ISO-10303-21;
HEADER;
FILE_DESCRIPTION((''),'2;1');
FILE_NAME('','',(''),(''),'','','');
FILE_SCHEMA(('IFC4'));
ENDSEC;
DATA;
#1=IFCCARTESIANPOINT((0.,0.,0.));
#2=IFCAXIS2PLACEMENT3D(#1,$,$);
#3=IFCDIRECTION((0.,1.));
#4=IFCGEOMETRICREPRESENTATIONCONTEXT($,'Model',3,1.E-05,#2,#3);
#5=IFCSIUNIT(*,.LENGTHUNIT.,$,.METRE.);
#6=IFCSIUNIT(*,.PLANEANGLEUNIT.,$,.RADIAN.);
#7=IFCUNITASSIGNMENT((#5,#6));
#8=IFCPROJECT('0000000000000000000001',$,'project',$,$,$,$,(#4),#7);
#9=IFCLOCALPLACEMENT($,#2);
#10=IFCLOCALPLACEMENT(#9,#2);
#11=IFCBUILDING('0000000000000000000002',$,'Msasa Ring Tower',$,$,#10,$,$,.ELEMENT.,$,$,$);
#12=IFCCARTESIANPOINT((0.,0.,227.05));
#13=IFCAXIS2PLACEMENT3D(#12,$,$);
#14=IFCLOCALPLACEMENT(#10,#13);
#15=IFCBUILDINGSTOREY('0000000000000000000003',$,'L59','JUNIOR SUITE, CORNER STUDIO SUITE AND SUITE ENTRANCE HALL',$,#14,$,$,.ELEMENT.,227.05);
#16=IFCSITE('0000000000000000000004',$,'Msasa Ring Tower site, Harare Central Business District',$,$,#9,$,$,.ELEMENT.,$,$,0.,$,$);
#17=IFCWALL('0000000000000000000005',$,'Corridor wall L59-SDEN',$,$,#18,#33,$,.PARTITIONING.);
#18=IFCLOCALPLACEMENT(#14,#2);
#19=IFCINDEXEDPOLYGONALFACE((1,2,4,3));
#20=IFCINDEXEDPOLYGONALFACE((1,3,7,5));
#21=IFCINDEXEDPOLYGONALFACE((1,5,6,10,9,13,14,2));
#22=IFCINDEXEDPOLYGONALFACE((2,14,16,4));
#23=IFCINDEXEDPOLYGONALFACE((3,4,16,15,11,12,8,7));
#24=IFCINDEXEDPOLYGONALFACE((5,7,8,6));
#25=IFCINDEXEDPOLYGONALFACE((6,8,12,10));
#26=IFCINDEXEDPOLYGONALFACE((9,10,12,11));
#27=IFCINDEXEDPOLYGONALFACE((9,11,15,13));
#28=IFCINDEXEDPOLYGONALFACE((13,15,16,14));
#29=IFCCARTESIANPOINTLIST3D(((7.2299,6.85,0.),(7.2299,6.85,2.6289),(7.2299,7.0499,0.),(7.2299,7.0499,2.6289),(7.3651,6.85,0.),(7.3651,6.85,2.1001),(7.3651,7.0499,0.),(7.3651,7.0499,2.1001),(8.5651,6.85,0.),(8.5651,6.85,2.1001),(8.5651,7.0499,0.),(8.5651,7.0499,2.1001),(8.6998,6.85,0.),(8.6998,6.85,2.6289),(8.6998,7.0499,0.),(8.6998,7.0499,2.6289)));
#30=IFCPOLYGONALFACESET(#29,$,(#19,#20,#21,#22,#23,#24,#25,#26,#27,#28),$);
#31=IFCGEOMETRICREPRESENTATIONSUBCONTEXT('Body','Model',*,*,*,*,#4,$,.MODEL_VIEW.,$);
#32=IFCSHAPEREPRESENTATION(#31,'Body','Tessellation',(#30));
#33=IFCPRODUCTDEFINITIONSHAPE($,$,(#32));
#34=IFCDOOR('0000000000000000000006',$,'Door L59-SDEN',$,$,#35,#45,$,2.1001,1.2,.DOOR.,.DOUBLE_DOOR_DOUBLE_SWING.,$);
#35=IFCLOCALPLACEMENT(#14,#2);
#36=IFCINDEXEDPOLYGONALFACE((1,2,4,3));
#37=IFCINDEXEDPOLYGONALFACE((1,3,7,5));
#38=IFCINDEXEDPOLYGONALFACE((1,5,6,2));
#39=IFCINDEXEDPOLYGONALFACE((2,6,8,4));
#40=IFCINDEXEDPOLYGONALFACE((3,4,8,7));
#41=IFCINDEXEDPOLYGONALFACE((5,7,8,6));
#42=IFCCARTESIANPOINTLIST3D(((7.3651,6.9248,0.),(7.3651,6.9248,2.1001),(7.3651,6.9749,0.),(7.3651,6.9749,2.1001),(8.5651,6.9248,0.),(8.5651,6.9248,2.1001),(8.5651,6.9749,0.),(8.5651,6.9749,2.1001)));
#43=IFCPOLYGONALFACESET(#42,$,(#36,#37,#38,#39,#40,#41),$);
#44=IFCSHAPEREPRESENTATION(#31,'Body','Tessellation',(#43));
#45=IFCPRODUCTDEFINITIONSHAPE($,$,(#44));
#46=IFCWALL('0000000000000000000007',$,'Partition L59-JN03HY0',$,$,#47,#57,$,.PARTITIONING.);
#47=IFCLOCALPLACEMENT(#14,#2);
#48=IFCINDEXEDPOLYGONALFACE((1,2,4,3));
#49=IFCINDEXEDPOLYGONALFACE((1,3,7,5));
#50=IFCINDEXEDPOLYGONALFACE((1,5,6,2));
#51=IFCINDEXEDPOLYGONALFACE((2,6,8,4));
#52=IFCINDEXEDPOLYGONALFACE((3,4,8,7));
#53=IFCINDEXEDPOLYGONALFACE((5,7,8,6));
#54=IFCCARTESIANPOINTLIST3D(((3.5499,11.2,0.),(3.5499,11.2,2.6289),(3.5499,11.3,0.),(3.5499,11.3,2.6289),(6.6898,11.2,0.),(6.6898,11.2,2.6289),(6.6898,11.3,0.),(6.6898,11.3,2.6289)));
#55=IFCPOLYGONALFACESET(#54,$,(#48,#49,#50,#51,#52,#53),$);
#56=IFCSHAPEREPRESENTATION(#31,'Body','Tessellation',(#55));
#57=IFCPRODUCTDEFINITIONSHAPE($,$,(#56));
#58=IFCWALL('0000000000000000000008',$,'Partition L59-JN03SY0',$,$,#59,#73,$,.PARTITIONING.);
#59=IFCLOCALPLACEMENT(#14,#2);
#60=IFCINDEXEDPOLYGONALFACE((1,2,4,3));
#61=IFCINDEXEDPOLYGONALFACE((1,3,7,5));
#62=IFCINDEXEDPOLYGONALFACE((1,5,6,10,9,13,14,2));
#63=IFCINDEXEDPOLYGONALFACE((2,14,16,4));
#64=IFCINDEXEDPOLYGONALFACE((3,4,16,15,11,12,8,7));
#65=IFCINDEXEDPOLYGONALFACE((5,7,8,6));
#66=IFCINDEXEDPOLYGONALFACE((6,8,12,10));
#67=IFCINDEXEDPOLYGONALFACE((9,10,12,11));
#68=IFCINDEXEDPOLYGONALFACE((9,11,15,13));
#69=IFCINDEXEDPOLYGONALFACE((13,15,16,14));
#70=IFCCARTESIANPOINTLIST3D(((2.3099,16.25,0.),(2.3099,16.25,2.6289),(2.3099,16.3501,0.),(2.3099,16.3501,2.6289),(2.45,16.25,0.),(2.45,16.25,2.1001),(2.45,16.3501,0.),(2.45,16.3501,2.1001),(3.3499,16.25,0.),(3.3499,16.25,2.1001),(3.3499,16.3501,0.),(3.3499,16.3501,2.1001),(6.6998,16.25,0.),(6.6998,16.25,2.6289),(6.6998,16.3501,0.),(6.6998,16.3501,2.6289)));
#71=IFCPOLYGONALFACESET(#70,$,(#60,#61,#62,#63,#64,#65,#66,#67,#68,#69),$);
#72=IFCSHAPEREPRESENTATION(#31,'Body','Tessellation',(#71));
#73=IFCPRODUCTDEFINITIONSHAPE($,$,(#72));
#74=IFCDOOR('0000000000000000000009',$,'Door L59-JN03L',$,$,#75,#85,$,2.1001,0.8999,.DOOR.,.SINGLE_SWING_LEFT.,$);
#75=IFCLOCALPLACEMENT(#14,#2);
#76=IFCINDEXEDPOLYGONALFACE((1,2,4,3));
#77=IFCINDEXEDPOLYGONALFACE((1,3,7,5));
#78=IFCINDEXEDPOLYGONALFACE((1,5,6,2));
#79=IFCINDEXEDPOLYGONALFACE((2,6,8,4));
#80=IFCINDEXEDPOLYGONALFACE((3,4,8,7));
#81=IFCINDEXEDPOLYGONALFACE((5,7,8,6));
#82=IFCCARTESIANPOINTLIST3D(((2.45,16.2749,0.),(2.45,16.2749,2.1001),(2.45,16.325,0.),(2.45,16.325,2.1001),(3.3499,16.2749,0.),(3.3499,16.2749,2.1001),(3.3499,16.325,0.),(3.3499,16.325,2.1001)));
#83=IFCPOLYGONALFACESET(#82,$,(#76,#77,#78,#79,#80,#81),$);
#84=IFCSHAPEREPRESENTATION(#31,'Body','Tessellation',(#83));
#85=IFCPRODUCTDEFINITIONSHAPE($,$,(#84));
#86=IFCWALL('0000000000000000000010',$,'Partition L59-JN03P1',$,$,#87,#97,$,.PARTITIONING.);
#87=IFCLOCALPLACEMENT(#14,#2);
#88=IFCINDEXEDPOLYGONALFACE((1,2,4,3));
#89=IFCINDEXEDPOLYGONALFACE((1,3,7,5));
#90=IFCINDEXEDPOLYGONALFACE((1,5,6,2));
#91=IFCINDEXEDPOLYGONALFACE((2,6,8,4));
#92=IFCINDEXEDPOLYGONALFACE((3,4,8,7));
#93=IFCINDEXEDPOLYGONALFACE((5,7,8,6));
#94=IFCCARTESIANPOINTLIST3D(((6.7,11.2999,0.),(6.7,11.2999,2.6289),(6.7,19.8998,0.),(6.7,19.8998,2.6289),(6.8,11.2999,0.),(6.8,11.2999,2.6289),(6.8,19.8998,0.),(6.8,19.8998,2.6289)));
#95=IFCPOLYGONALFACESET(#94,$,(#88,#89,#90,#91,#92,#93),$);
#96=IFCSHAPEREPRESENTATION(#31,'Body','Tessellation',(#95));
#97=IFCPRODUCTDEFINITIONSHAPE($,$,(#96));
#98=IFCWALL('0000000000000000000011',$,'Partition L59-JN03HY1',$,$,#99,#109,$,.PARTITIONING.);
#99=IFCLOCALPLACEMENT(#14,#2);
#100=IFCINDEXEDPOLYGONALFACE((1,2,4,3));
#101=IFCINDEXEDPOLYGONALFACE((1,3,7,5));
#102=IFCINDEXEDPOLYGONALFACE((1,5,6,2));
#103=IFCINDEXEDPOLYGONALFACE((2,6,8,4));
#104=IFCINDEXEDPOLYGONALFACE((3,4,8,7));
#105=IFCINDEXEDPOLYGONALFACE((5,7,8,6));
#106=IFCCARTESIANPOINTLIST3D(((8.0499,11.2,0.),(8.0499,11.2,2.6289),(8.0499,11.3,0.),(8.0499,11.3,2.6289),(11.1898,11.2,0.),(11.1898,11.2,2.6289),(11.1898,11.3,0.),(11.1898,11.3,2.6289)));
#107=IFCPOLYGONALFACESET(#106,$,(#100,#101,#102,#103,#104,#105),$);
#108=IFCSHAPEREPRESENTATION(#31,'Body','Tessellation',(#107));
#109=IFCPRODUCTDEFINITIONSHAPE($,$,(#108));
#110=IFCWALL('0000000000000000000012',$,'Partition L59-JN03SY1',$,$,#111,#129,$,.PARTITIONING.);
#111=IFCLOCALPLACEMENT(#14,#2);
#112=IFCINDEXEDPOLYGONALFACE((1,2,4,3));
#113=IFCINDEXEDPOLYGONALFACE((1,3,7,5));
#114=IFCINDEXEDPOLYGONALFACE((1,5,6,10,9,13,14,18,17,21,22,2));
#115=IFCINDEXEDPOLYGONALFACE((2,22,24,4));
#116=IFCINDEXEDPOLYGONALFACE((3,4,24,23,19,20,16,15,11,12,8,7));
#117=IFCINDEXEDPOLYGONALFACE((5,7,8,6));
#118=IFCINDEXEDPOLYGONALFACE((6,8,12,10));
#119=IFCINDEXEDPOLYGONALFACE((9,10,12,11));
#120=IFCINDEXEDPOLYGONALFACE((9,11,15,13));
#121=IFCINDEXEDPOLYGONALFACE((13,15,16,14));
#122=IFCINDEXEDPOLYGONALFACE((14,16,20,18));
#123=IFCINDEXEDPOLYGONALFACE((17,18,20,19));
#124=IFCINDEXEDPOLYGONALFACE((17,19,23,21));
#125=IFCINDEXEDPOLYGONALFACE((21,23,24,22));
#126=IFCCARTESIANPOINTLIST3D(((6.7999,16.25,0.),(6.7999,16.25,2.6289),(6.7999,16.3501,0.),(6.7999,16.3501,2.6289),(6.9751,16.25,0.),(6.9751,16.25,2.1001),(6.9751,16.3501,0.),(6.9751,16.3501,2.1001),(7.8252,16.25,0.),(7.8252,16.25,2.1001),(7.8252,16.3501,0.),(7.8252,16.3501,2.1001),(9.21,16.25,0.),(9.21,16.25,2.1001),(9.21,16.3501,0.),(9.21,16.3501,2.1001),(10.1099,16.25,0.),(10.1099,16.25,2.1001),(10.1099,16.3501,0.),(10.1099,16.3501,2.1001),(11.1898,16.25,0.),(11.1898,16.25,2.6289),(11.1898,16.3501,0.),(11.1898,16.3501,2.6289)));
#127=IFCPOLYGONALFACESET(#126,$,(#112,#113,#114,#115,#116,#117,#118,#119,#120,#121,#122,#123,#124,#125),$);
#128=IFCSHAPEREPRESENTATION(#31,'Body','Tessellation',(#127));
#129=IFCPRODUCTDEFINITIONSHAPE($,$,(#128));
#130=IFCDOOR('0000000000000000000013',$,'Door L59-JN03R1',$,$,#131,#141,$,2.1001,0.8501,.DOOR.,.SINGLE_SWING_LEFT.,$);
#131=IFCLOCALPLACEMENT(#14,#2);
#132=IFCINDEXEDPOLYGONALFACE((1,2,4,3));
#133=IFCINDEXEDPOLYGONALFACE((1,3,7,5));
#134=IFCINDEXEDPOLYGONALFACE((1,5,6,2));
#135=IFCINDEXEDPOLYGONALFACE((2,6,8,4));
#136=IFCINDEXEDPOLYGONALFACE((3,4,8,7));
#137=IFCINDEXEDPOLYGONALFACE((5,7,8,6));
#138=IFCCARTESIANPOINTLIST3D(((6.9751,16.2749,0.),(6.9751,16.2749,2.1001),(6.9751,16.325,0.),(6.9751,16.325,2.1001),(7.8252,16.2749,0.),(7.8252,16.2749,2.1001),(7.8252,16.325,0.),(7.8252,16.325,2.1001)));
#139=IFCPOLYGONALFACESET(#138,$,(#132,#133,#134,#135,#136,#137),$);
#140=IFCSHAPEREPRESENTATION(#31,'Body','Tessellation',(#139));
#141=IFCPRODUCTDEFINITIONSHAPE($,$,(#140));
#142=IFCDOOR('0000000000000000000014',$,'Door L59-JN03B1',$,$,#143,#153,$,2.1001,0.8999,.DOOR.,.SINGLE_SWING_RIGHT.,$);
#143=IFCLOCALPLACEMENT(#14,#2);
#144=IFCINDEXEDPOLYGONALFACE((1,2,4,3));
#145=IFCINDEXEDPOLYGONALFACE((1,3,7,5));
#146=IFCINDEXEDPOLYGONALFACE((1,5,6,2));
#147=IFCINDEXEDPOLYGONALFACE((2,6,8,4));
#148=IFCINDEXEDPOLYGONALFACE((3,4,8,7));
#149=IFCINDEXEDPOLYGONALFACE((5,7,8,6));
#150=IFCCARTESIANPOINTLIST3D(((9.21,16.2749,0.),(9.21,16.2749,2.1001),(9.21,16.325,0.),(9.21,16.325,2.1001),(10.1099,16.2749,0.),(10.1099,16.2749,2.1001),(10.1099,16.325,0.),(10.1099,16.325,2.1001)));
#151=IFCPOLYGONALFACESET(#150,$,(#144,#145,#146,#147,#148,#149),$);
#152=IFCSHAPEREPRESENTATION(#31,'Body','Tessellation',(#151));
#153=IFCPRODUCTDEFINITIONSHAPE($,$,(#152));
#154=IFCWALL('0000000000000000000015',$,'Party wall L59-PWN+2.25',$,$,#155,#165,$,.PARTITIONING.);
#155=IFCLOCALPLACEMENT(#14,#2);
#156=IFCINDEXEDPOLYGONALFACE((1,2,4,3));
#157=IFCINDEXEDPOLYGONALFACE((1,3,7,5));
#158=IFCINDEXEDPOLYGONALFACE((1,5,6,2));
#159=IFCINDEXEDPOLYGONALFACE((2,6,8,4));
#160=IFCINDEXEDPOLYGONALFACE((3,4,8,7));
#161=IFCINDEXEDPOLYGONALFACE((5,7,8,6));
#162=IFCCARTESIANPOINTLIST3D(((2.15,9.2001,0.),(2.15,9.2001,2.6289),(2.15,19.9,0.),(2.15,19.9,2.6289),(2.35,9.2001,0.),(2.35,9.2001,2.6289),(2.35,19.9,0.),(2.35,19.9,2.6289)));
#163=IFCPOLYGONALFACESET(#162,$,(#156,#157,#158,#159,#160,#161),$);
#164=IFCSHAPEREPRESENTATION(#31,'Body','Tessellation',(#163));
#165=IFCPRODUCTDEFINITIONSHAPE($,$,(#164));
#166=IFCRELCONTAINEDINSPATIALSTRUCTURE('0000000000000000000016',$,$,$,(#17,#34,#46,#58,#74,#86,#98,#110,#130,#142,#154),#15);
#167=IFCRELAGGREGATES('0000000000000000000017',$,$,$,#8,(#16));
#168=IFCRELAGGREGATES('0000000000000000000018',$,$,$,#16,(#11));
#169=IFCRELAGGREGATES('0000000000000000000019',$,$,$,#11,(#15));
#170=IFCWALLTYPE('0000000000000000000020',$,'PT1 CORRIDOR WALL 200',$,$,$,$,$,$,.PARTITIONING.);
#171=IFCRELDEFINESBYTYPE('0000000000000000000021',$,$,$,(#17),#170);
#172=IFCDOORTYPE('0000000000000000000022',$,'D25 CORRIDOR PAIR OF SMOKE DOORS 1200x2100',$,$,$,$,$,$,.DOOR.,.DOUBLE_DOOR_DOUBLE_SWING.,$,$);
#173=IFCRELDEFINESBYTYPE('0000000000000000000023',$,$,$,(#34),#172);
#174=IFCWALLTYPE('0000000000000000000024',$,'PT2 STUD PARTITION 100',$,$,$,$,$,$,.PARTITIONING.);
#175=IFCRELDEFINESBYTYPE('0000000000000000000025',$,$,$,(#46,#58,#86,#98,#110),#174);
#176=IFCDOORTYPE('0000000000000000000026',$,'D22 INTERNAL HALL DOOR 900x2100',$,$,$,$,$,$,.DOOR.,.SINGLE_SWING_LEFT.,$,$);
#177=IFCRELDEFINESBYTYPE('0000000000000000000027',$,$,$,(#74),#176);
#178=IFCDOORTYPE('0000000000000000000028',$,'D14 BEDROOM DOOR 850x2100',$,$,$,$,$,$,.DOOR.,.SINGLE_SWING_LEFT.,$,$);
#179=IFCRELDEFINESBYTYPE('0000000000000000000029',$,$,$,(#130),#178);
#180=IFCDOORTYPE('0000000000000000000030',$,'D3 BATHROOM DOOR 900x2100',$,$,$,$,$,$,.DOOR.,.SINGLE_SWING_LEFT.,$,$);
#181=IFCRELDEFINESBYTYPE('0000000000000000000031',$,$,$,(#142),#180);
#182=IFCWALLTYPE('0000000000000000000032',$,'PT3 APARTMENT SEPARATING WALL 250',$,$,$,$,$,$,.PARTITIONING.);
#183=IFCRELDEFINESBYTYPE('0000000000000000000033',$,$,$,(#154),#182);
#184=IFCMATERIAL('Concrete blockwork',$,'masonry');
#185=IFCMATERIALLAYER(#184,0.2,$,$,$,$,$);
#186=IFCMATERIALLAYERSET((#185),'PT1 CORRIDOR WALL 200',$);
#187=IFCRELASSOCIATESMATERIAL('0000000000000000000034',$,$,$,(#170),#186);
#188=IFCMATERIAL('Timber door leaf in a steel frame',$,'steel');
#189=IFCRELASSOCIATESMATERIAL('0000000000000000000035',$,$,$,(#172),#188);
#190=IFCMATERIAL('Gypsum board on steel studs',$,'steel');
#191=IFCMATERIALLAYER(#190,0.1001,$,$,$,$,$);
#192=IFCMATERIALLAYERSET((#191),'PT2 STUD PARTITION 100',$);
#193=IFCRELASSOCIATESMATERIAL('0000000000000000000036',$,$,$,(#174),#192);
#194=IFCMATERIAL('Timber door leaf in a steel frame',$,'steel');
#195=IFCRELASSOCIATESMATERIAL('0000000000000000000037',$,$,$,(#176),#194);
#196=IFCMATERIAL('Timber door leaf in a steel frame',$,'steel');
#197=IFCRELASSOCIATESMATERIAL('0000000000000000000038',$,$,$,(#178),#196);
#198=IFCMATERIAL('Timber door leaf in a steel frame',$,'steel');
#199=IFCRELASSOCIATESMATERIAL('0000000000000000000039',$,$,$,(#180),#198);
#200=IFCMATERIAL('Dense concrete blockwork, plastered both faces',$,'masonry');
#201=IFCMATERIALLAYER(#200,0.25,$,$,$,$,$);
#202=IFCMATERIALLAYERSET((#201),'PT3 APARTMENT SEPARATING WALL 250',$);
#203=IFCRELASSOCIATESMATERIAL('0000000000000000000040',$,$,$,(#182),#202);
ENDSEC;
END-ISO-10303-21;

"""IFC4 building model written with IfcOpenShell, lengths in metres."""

from ifc_helpers import new_model, si_unit, direction, frame, frame_2d, origin, place, context, subcontext, project, spatial, rectangle, extrude, material, layer, layer_set, type_object, element, fill, save


model = new_model("IFC4")

# Units and contexts
model_context = context("Model", 3, precision=1e-05, world=origin(), true_north=direction((0.0, 1.0)))
body_context = subcontext(model_context, "Body", "Model", "MODEL_VIEW")
ifc_project = project(units=[si_unit("LENGTHUNIT", "METRE"), si_unit("PLANEANGLEUNIT", "RADIAN")], contexts=[model_context])

# Site, building, storey
site_placement = place(None, origin())
site = spatial("IfcSite", under=ifc_project, at=site_placement, Name="Msasa Ring Tower site, Harare Central Business District", CompositionType="ELEMENT", RefElevation=0.0)
building_placement = place(site_placement, origin())
building = spatial("IfcBuilding", under=site, at=building_placement, Name="Msasa Ring Tower", CompositionType="ELEMENT")
storey_placement = place(building_placement, frame((0.0, 0.0, 227.05)))
storey = spatial("IfcBuildingStorey", under=building, at=storey_placement, Name="L59", Description="JUNIOR SUITE, CORNER STUDIO SUITE AND SUITE ENTRANCE HALL", CompositionType="ELEMENT", Elevation=227.05)

# Wall, opening, door
ifc_material_1 = material(Name="Concrete blockwork", Category="masonry")
ifc_layer_1 = layer(ifc_material_1, 0.2)
ifc_layer_set_1 = layer_set([ifc_layer_1], Name="PT1 CORRIDOR WALL 200")
wall_type_1 = type_object("IfcWallType", Name="PT1 CORRIDOR WALL 200", PredefinedType="PARTITIONING", material=ifc_layer_set_1)
wall_1_placement = place(storey_placement, frame((7.23, 6.95, 0.0), z_axis=(0.0, 0.0, 1.0), x_axis=(1.0, 0.0, 0.0)))
wall_1 = element("IfcWall", 1, at=wall_1_placement, inside=storey, type_object=wall_type_1, Name="Corridor wall L59-SDEN", PredefinedType="PARTITIONING", context=body_context, shape_type="SweptSolid", body=[
    extrude(rectangle(XDim=1.47, YDim=0.2, at=frame_2d((0.7349, 0.0))), origin(), (0.0, 0.0, 1.0), 2.6289),
])
opening_1_placement = place(wall_1_placement, frame((0.135, 0.0, 0.0)))
opening_1 = element("IfcOpeningElement", 2, at=opening_1_placement, cuts=wall_1, PredefinedType="OPENING", context=body_context, shape_type="SweptSolid", body=[
    extrude(rectangle(XDim=1.2, YDim=2.1001, at=frame_2d((0.6001, 1.05))), frame((0.0, 0.1099, 0.0), z_axis=(0.0, -1.0, 0.0), x_axis=(1.0, 0.0, 0.0)), (0.0, 0.0, 1.0), 0.22),
])
ifc_material_2 = material(Name="Timber door leaf in a steel frame", Category="steel")
door_type_1 = type_object("IfcDoorType", Name="D25 CORRIDOR PAIR OF SMOKE DOORS 1200x2100", OperationType="DOUBLE_DOOR_DOUBLE_SWING", PredefinedType="DOOR", material=ifc_material_2)
door_1_placement = place(opening_1_placement, origin())
door_1 = element("IfcDoor", 3, at=door_1_placement, inside=storey, type_object=door_type_1, Name="Door L59-SDEN", OperationType="DOUBLE_DOOR_DOUBLE_SWING", OverallHeight=2.1001, OverallWidth=1.2, PredefinedType="DOOR", context=body_context, shape_type="SweptSolid", body=[
    extrude(rectangle(XDim=1.2, YDim=2.1001, at=frame_2d((0.6001, 1.05))), frame((0.0, 0.0249, 0.0), z_axis=(0.0, -1.0, 0.0), x_axis=(1.0, 0.0, 0.0)), (0.0, 0.0, 1.0), 0.05),
])
fill(opening_1, door_1)

# Wall
ifc_material_3 = material(Name="Gypsum board on steel studs", Category="steel")
ifc_layer_2 = layer(ifc_material_3, 0.1001)
ifc_layer_set_2 = layer_set([ifc_layer_2], Name="PT2 STUD PARTITION 100")
wall_type_2 = type_object("IfcWallType", Name="PT2 STUD PARTITION 100", PredefinedType="PARTITIONING", material=ifc_layer_set_2)
wall_2_placement = place(storey_placement, frame((3.55, 11.25, 0.0), z_axis=(0.0, 0.0, 1.0), x_axis=(1.0, 0.0, 0.0)))
element("IfcWall", 4, at=wall_2_placement, inside=storey, type_object=wall_type_2, Name="Partition L59-JN03HY0", PredefinedType="PARTITIONING", context=body_context, shape_type="SweptSolid", body=[
    extrude(rectangle(XDim=3.1399, YDim=0.1001, at=frame_2d((1.5698, 0.0))), origin(), (0.0, 0.0, 1.0), 2.6289),
])

# Wall, opening, door
wall_3_placement = place(storey_placement, frame((2.3101, 16.3, 0.0), z_axis=(0.0, 0.0, 1.0), x_axis=(1.0, 0.0, 0.0)))
wall_3 = element("IfcWall", 5, at=wall_3_placement, inside=storey, type_object=wall_type_2, Name="Partition L59-JN03SY0", PredefinedType="PARTITIONING", context=body_context, shape_type="SweptSolid", body=[
    extrude(rectangle(XDim=4.3899, YDim=0.1001, at=frame_2d((2.1948, 0.0))), origin(), (0.0, 0.0, 1.0), 2.6289),
])
opening_2_placement = place(wall_3_placement, frame((0.1399, 0.0, 0.0)))
opening_2 = element("IfcOpeningElement", 6, at=opening_2_placement, cuts=wall_3, PredefinedType="OPENING", context=body_context, shape_type="SweptSolid", body=[
    extrude(rectangle(XDim=0.8999, YDim=2.1001, at=frame_2d((0.45, 1.05))), frame((0.0, 0.0601, 0.0), z_axis=(0.0, -1.0, 0.0), x_axis=(1.0, 0.0, 0.0)), (0.0, 0.0, 1.0), 0.1201),
])
ifc_material_4 = material(Name="Timber door leaf in a steel frame", Category="steel")
door_type_2 = type_object("IfcDoorType", Name="D22 INTERNAL HALL DOOR 900x2100", OperationType="SINGLE_SWING_LEFT", PredefinedType="DOOR", material=ifc_material_4)
door_2_placement = place(opening_2_placement, origin())
door_2 = element("IfcDoor", 7, at=door_2_placement, inside=storey, type_object=door_type_2, Name="Door L59-JN03L", OperationType="SINGLE_SWING_LEFT", OverallHeight=2.1001, OverallWidth=0.8999, PredefinedType="DOOR", context=body_context, shape_type="SweptSolid", body=[
    extrude(rectangle(XDim=0.8999, YDim=2.1001, at=frame_2d((0.45, 1.05))), frame((0.0, 0.0249, 0.0), z_axis=(0.0, -1.0, 0.0), x_axis=(1.0, 0.0, 0.0)), (0.0, 0.0, 1.0), 0.05),
])
fill(opening_2, door_2)

# Walls
wall_4_placement = place(storey_placement, frame((6.75, 11.3, 0.0), z_axis=(0.0, 0.0, 1.0), x_axis=(0.0, 1.0, 0.0)))
element("IfcWall", 8, at=wall_4_placement, inside=storey, type_object=wall_type_2, Name="Partition L59-JN03P1", PredefinedType="PARTITIONING", context=body_context, shape_type="SweptSolid", body=[
    extrude(rectangle(XDim=8.5999, YDim=0.1001, at=frame_2d((4.2998, 0.0))), origin(), (0.0, 0.0, 1.0), 2.6289),
])
wall_5_placement = place(storey_placement, frame((8.05, 11.25, 0.0), z_axis=(0.0, 0.0, 1.0), x_axis=(1.0, 0.0, 0.0)))
element("IfcWall", 9, at=wall_5_placement, inside=storey, type_object=wall_type_2, Name="Partition L59-JN03HY1", PredefinedType="PARTITIONING", context=body_context, shape_type="SweptSolid", body=[
    extrude(rectangle(XDim=3.1399, YDim=0.1001, at=frame_2d((1.5698, 0.0))), origin(), (0.0, 0.0, 1.0), 2.6289),
])

# Wall, openings, doors
wall_6_placement = place(storey_placement, frame((6.8, 16.3, 0.0), z_axis=(0.0, 0.0, 1.0), x_axis=(1.0, 0.0, 0.0)))
wall_6 = element("IfcWall", 10, at=wall_6_placement, inside=storey, type_object=wall_type_2, Name="Partition L59-JN03SY1", PredefinedType="PARTITIONING", context=body_context, shape_type="SweptSolid", body=[
    extrude(rectangle(XDim=4.3899, YDim=0.1001, at=frame_2d((2.1948, 0.0))), origin(), (0.0, 0.0, 1.0), 2.6289),
])
opening_3_placement = place(wall_6_placement, frame((0.175, 0.0, 0.0)))
opening_3 = element("IfcOpeningElement", 11, at=opening_3_placement, cuts=wall_6, PredefinedType="OPENING", context=body_context, shape_type="SweptSolid", body=[
    extrude(rectangle(XDim=0.8501, YDim=2.1001, at=frame_2d((0.425, 1.05))), frame((0.0, 0.0601, 0.0), z_axis=(0.0, -1.0, 0.0), x_axis=(1.0, 0.0, 0.0)), (0.0, 0.0, 1.0), 0.1201),
])
opening_4_placement = place(wall_6_placement, frame((2.4099, 0.0, 0.0)))
opening_4 = element("IfcOpeningElement", 12, at=opening_4_placement, cuts=wall_6, PredefinedType="OPENING", context=body_context, shape_type="SweptSolid", body=[
    extrude(rectangle(XDim=0.8999, YDim=2.1001, at=frame_2d((0.45, 1.05))), frame((0.0, 0.0601, 0.0), z_axis=(0.0, -1.0, 0.0), x_axis=(1.0, 0.0, 0.0)), (0.0, 0.0, 1.0), 0.1201),
])
ifc_material_5 = material(Name="Timber door leaf in a steel frame", Category="steel")
door_type_3 = type_object("IfcDoorType", Name="D14 BEDROOM DOOR 850x2100", OperationType="SINGLE_SWING_LEFT", PredefinedType="DOOR", material=ifc_material_5)
door_3_placement = place(opening_3_placement, origin())
door_3 = element("IfcDoor", 13, at=door_3_placement, inside=storey, type_object=door_type_3, Name="Door L59-JN03R1", OperationType="SINGLE_SWING_LEFT", OverallHeight=2.1001, OverallWidth=0.8501, PredefinedType="DOOR", context=body_context, shape_type="SweptSolid", body=[
    extrude(rectangle(XDim=0.8501, YDim=2.1001, at=frame_2d((0.425, 1.05))), frame((0.0, 0.0249, 0.0), z_axis=(0.0, -1.0, 0.0), x_axis=(1.0, 0.0, 0.0)), (0.0, 0.0, 1.0), 0.05),
])
fill(opening_3, door_3)
ifc_material_6 = material(Name="Timber door leaf in a steel frame", Category="steel")
door_type_4 = type_object("IfcDoorType", Name="D3 BATHROOM DOOR 900x2100", OperationType="SINGLE_SWING_LEFT", PredefinedType="DOOR", material=ifc_material_6)
door_4_placement = place(opening_4_placement, origin())
door_4 = element("IfcDoor", 14, at=door_4_placement, inside=storey, type_object=door_type_4, Name="Door L59-JN03B1", OperationType="SINGLE_SWING_RIGHT", OverallHeight=2.1001, OverallWidth=0.8999, PredefinedType="DOOR", context=body_context, shape_type="SweptSolid", body=[
    extrude(rectangle(XDim=0.8999, YDim=2.1001, at=frame_2d((0.45, 1.05))), frame((0.0, 0.0249, 0.0), z_axis=(0.0, -1.0, 0.0), x_axis=(1.0, 0.0, 0.0)), (0.0, 0.0, 1.0), 0.05),
])
fill(opening_4, door_4)

# Wall
ifc_material_7 = material(Name="Dense concrete blockwork, plastered both faces", Category="masonry")
ifc_layer_3 = layer(ifc_material_7, 0.25)
ifc_layer_set_3 = layer_set([ifc_layer_3], Name="PT3 APARTMENT SEPARATING WALL 250")
wall_type_3 = type_object("IfcWallType", Name="PT3 APARTMENT SEPARATING WALL 250", PredefinedType="PARTITIONING", material=ifc_layer_set_3)
wall_7_placement = place(storey_placement, frame((2.25, 9.2, 0.0), z_axis=(0.0, 0.0, 1.0), x_axis=(0.0, 1.0, 0.0)))
element("IfcWall", 15, at=wall_7_placement, inside=storey, type_object=wall_type_3, Name="Party wall L59-PWN+2.25", PredefinedType="PARTITIONING", context=body_context, shape_type="SweptSolid", body=[
    extrude(rectangle(XDim=10.7, YDim=0.2, at=frame_2d((5.3501, 0.0))), origin(), (0.0, 0.0, 1.0), 2.6289),
])

save(model, "model.ifc")
